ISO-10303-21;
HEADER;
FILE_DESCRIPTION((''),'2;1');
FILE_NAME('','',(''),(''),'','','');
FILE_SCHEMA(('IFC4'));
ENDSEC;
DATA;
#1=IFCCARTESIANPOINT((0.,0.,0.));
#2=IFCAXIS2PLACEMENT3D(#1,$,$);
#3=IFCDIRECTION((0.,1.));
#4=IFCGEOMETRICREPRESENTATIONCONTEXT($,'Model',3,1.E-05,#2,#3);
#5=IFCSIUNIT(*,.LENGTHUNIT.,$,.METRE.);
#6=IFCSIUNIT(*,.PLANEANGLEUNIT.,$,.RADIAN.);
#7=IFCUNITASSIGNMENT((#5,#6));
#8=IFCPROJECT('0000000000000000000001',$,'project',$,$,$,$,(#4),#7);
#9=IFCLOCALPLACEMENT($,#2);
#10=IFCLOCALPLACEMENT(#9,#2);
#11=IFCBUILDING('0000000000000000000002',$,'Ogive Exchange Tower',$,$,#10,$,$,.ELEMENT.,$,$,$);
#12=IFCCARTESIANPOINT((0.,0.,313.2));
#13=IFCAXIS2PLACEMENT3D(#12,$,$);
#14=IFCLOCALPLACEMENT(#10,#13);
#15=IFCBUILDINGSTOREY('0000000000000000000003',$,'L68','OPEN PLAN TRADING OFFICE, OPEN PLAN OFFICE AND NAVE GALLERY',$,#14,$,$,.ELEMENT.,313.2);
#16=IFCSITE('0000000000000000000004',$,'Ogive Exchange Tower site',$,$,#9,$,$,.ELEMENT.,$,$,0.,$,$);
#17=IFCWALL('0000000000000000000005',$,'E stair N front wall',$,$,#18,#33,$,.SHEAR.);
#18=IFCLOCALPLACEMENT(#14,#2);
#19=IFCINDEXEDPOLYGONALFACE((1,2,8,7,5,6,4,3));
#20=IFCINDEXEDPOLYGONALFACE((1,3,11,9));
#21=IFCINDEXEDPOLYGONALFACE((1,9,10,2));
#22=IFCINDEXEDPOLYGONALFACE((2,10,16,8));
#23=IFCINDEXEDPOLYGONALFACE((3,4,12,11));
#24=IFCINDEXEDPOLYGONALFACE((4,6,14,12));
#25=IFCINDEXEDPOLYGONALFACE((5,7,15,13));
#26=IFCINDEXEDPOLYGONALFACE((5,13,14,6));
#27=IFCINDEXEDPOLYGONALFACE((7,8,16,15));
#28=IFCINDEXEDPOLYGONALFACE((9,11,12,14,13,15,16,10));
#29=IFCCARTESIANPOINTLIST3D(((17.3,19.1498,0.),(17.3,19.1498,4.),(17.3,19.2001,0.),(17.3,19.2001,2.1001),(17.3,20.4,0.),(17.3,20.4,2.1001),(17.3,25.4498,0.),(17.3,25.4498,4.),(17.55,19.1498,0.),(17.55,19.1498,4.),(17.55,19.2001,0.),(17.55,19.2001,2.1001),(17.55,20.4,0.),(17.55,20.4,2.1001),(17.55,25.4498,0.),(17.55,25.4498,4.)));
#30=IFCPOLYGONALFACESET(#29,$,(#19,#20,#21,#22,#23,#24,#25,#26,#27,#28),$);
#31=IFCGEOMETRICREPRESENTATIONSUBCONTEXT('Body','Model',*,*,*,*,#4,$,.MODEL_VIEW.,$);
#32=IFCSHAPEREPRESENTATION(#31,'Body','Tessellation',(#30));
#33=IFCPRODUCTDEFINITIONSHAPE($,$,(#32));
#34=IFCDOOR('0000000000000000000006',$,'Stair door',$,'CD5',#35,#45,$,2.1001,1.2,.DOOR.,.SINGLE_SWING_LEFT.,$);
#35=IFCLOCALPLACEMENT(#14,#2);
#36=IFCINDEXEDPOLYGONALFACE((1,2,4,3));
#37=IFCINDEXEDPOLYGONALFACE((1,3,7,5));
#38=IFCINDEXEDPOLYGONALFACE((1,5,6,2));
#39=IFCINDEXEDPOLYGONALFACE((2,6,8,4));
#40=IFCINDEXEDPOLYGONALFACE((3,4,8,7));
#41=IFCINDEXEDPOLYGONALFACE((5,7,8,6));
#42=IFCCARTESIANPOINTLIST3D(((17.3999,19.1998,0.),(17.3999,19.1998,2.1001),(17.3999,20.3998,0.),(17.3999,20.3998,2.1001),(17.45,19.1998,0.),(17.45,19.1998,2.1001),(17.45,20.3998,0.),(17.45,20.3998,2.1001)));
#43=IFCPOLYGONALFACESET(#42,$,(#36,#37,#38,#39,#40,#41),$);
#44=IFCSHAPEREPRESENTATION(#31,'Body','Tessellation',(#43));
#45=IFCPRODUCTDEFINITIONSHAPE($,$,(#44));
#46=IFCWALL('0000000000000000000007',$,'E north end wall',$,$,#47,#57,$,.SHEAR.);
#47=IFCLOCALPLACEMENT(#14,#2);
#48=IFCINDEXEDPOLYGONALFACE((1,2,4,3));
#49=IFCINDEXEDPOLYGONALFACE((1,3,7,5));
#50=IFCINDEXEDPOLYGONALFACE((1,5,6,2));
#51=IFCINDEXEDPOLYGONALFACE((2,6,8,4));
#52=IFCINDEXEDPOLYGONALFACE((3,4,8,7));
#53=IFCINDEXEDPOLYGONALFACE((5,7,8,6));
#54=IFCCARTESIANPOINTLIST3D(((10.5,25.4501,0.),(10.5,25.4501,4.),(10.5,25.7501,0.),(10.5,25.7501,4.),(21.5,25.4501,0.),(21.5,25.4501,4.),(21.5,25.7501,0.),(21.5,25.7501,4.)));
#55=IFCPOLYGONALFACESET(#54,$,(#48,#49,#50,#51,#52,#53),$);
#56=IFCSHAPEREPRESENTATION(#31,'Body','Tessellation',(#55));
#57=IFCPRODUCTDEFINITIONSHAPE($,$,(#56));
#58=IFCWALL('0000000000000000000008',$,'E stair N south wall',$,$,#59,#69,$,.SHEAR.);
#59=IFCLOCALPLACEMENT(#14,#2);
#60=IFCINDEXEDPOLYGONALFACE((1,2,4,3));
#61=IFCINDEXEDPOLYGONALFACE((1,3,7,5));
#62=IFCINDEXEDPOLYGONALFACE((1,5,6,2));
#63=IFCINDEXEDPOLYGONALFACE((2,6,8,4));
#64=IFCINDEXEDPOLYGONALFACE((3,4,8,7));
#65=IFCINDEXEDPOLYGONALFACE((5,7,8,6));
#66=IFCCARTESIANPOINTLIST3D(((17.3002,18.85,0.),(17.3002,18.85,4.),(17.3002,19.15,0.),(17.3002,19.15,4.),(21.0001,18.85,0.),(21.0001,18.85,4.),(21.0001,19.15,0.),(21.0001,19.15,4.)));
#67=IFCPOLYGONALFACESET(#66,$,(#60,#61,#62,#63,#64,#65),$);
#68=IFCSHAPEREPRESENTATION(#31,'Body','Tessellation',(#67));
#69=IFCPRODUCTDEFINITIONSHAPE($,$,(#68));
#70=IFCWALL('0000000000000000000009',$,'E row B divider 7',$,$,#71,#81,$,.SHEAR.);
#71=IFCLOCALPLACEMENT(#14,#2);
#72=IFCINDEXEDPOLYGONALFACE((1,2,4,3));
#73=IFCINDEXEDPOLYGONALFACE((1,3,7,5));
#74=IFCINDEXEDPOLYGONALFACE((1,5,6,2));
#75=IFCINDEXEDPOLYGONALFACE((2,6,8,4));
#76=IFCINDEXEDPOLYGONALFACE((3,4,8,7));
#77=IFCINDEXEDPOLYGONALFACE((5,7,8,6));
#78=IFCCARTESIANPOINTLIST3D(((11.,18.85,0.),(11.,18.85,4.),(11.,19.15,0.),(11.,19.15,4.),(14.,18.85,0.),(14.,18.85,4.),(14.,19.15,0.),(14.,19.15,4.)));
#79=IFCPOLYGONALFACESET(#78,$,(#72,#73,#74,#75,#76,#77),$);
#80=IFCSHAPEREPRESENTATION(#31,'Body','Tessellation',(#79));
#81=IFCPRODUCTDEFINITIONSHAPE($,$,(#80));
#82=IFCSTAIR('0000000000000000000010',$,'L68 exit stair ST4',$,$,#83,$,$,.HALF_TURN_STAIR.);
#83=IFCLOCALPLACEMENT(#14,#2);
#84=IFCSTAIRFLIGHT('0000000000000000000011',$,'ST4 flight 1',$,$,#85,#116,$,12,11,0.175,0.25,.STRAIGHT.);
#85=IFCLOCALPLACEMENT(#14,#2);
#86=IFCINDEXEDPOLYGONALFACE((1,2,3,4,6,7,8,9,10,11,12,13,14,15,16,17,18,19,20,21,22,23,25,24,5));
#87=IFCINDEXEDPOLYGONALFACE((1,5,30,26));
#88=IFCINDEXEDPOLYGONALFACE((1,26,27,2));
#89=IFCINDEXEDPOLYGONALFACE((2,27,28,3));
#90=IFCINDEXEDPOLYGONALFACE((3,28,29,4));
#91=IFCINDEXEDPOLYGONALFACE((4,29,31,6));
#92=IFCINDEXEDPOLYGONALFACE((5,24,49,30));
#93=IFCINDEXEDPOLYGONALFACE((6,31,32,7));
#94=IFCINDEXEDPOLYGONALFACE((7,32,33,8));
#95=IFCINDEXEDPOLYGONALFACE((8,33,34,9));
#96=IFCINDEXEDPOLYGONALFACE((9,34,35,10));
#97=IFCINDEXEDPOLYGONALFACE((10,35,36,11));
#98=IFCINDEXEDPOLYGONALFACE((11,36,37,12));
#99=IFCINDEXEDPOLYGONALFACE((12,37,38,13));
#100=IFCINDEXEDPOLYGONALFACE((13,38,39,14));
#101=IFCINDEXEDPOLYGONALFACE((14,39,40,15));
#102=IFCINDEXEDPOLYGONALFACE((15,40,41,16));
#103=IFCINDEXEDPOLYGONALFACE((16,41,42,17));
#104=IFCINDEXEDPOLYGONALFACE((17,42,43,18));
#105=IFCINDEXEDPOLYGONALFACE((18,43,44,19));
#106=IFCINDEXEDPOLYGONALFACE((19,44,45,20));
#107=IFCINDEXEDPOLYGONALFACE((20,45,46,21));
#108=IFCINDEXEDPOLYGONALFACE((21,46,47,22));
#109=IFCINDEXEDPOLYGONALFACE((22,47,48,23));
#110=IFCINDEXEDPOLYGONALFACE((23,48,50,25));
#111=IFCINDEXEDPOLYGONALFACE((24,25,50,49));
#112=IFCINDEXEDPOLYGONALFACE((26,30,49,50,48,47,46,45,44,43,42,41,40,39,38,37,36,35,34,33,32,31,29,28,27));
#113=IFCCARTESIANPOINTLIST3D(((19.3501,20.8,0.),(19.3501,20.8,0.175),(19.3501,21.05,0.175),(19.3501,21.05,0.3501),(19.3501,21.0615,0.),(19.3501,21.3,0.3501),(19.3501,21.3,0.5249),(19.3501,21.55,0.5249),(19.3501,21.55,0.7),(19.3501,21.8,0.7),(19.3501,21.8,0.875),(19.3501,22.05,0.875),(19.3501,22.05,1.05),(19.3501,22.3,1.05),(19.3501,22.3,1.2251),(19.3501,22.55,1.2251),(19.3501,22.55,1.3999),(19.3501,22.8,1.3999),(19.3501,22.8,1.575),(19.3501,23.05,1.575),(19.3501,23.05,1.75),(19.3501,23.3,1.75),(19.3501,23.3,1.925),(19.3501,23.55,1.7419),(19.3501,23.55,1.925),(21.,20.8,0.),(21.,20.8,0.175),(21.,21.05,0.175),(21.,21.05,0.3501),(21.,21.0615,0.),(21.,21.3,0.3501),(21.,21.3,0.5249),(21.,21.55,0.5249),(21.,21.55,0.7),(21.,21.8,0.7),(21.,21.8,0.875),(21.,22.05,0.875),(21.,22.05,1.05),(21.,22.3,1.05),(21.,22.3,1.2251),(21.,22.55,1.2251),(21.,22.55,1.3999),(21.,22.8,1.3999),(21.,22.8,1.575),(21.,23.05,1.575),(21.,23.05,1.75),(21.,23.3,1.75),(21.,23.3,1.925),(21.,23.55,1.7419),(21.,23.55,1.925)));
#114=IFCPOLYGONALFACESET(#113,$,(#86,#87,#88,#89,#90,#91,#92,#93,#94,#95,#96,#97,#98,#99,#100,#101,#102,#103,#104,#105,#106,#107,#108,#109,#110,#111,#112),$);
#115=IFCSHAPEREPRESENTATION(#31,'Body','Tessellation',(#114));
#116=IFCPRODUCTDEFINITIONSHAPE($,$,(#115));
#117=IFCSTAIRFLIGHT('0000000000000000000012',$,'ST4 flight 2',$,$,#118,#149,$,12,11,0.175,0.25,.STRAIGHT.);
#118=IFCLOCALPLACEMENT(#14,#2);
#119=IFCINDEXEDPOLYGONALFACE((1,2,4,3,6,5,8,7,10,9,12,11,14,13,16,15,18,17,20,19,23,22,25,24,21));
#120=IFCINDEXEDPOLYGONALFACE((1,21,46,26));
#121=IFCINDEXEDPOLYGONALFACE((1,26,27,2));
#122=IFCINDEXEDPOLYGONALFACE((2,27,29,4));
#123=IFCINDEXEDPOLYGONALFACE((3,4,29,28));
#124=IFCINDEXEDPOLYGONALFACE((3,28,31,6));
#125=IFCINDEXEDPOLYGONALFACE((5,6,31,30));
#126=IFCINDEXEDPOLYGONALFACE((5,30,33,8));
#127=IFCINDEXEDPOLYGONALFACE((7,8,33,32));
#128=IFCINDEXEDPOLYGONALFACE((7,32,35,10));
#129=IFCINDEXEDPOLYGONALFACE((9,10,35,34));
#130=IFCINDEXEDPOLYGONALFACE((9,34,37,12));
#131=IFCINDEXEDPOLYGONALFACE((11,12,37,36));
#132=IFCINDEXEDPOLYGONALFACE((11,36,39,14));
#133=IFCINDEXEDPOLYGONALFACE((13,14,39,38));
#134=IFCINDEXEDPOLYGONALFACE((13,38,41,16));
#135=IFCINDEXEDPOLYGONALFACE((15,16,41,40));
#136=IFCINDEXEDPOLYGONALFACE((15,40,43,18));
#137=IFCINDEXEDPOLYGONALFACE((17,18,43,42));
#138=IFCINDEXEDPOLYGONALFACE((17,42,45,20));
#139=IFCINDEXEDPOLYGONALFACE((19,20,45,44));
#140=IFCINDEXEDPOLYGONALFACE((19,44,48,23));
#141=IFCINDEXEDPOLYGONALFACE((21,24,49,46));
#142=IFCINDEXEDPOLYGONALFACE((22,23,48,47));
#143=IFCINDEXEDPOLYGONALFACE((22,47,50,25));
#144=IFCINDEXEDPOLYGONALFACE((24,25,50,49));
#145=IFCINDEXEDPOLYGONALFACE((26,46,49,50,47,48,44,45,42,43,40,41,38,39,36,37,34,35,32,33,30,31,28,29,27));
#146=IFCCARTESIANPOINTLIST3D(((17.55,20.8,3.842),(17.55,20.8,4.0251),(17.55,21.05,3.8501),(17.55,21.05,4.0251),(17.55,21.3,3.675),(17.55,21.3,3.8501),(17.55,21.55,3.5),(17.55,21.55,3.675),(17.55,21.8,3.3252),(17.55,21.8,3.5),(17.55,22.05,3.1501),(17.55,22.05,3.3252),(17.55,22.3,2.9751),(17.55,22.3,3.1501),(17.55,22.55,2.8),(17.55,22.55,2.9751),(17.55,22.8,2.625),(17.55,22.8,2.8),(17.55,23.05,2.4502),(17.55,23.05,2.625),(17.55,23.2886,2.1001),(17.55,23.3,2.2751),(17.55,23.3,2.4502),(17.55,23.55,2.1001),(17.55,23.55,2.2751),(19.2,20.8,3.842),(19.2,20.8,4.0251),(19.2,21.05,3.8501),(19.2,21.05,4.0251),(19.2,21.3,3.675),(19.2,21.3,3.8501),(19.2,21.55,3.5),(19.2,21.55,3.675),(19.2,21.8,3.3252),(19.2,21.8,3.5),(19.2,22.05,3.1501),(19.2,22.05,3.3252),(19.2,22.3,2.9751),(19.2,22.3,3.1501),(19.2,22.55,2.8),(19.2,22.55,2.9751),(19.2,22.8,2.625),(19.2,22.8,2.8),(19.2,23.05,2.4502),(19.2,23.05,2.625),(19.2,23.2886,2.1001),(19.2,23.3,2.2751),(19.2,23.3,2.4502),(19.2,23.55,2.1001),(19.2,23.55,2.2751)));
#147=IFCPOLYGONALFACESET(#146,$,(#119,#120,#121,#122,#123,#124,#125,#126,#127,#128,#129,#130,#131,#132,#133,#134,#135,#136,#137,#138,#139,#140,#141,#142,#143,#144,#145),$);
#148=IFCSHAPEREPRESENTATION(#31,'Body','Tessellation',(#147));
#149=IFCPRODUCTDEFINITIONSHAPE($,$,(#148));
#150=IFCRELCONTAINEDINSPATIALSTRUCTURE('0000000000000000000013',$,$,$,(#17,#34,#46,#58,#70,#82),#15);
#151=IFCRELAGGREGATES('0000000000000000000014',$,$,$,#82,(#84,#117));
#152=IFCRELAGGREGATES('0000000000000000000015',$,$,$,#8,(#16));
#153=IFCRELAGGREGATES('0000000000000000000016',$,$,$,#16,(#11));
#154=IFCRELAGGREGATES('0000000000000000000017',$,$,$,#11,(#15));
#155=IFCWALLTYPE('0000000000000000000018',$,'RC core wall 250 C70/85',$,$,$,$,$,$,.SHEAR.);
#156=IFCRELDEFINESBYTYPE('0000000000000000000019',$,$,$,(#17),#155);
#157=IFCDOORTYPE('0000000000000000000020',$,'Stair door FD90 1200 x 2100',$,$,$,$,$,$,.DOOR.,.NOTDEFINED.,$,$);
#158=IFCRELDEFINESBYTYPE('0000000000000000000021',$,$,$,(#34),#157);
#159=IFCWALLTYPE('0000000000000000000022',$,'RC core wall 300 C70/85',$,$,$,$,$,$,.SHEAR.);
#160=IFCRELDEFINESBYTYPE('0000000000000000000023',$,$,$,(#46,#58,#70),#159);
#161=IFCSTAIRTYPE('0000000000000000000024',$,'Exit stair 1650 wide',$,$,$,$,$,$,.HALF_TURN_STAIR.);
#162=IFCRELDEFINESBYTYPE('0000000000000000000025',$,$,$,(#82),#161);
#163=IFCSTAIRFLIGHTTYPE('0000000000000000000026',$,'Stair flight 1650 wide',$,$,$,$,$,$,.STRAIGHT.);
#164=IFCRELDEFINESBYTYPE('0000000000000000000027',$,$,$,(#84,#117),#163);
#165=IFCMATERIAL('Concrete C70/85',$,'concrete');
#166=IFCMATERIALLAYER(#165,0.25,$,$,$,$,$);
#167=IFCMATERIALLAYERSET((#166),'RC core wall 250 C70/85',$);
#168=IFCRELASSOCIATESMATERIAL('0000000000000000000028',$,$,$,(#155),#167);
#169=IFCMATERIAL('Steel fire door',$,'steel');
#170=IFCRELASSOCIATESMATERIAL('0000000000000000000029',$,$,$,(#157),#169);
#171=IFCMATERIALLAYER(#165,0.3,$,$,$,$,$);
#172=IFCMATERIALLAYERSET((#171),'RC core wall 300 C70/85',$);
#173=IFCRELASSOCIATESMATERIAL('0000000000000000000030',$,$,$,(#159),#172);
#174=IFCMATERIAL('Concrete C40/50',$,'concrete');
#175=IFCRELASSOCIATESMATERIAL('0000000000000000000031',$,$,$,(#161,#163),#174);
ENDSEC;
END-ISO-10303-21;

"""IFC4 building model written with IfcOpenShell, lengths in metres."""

from ifc_helpers import new_model, si_unit, direction, frame, frame_2d, origin, place, context, subcontext, project, spatial, polyline, rectangle, outline, extrude, material, layer, layer_set, type_object, element, fill, aggregate, save


model = new_model("IFC4")

# Units and contexts
model_context = context("Model", 3, precision=1e-05, world=origin(), true_north=direction((0.0, 1.0)))
body_context = subcontext(model_context, "Body", "Model", "MODEL_VIEW")
ifc_project = project(units=[si_unit("LENGTHUNIT", "METRE"), si_unit("PLANEANGLEUNIT", "RADIAN")], contexts=[model_context])

# Site, building, storey
site_placement = place(None, origin())
site = spatial("IfcSite", under=ifc_project, at=site_placement, Name="Ogive Exchange Tower site", CompositionType="ELEMENT", RefElevation=0.0)
building_placement = place(site_placement, origin())
building = spatial("IfcBuilding", under=site, at=building_placement, Name="Ogive Exchange Tower", CompositionType="ELEMENT")
storey_placement = place(building_placement, frame((0.0, 0.0, 313.2)))
storey = spatial("IfcBuildingStorey", under=building, at=storey_placement, Name="L68", Description="OPEN PLAN TRADING OFFICE, OPEN PLAN OFFICE AND NAVE GALLERY", CompositionType="ELEMENT", Elevation=313.2)

# Shared definitions
ifc_material_1 = material(Name="Concrete C70/85", Category="concrete")
ifc_material_2 = material(Name="Steel fire door", Category="steel")

# Wall, opening, door
ifc_layer_1 = layer(ifc_material_1, 0.25)
ifc_layer_set_1 = layer_set([ifc_layer_1], Name="RC core wall 250 C70/85")
wall_type_1 = type_object("IfcWallType", Name="RC core wall 250 C70/85", PredefinedType="SHEAR", material=ifc_layer_set_1)
wall_1_placement = place(storey_placement, frame((17.425, 19.1499, 0.0), z_axis=(0.0, 0.0, 1.0), x_axis=(0.0, 1.0, 0.0)))
wall_1 = element("IfcWall", 1, at=wall_1_placement, inside=storey, type_object=wall_type_1, Name="E stair N front wall", PredefinedType="SHEAR", context=body_context, shape_type="SweptSolid", body=[
    extrude(rectangle(XDim=6.3, YDim=0.25, at=frame_2d((3.1499, 0.0))), origin(), (0.0, 0.0, 1.0), 4.0),
])
opening_1_placement = place(wall_1_placement, frame((0.05, 0.0, 0.0)))
opening_1 = element("IfcOpeningElement", 2, at=opening_1_placement, cuts=wall_1, PredefinedType="OPENING", context=body_context, shape_type="SweptSolid", body=[
    extrude(rectangle(XDim=1.2, YDim=2.1001, at=frame_2d((0.6001, 1.05))), frame((0.0, 0.135, 0.0), z_axis=(0.0, -1.0, 0.0), x_axis=(1.0, 0.0, 0.0)), (0.0, 0.0, 1.0), 0.27),
])
door_type_1 = type_object("IfcDoorType", Name="Stair door FD90 1200 x 2100", OperationType="NOTDEFINED", PredefinedType="DOOR", material=ifc_material_2)
door_1_placement = place(opening_1_placement, frame((1.2, 0.0, 0.0), z_axis=(0.0, 0.0, 1.0), x_axis=(-1.0, 0.0, 0.0)))
door_1 = element("IfcDoor", 3, at=door_1_placement, inside=storey, type_object=door_type_1, Name="Stair door", ObjectType="CD5", OperationType="SINGLE_SWING_LEFT", OverallHeight=2.1001, OverallWidth=1.2, PredefinedType="DOOR", context=body_context, shape_type="SweptSolid", body=[
    extrude(rectangle(XDim=1.2, YDim=2.1001, at=frame_2d((0.6001, 1.05))), frame((0.0, 0.0249, 0.0), z_axis=(0.0, -1.0, 0.0), x_axis=(1.0, 0.0, 0.0)), (0.0, 0.0, 1.0), 0.05),
])
fill(opening_1, door_1)

# Walls
ifc_layer_2 = layer(ifc_material_1, 0.3)
ifc_layer_set_2 = layer_set([ifc_layer_2], Name="RC core wall 300 C70/85")
wall_type_2 = type_object("IfcWallType", Name="RC core wall 300 C70/85", PredefinedType="SHEAR", material=ifc_layer_set_2)
wall_2_placement = place(storey_placement, frame((10.5, 25.6001, 0.0), z_axis=(0.0, 0.0, 1.0), x_axis=(1.0, 0.0, 0.0)))
element("IfcWall", 4, at=wall_2_placement, inside=storey, type_object=wall_type_2, Name="E north end wall", PredefinedType="SHEAR", context=body_context, shape_type="SweptSolid", body=[
    extrude(rectangle(XDim=11.0, YDim=0.3, at=frame_2d((5.5, 0.0))), origin(), (0.0, 0.0, 1.0), 4.0),
])
wall_3_placement = place(storey_placement, frame((17.3, 19.0, 0.0), z_axis=(0.0, 0.0, 1.0), x_axis=(1.0, 0.0, 0.0)))
element("IfcWall", 5, at=wall_3_placement, inside=storey, type_object=wall_type_2, Name="E stair N south wall", PredefinedType="SHEAR", context=body_context, shape_type="SweptSolid", body=[
    extrude(rectangle(XDim=3.7, YDim=0.3, at=frame_2d((1.8501, 0.0))), origin(), (0.0, 0.0, 1.0), 4.0),
])
wall_4_placement = place(storey_placement, frame((11.0, 19.0, 0.0), z_axis=(0.0, 0.0, 1.0), x_axis=(1.0, 0.0, 0.0)))
element("IfcWall", 6, at=wall_4_placement, inside=storey, type_object=wall_type_2, Name="E row B divider 7", PredefinedType="SHEAR", context=body_context, shape_type="SweptSolid", body=[
    extrude(rectangle(XDim=3.0, YDim=0.3, at=frame_2d((1.5, 0.0))), origin(), (0.0, 0.0, 1.0), 4.0),
])

# Stair, stair flights
ifc_material_3 = material(Name="Concrete C40/50", Category="concrete")
stair_type = type_object("IfcStairType", Name="Exit stair 1650 wide", PredefinedType="HALF_TURN_STAIR", material=ifc_material_3)
stair_placement = place(storey_placement, origin())
stair = element("IfcStair", 7, at=stair_placement, inside=storey, type_object=stair_type, Name="L68 exit stair ST4", PredefinedType="HALF_TURN_STAIR")
stair_flight_type = type_object("IfcStairFlightType", Name="Stair flight 1650 wide", PredefinedType="STRAIGHT", material=ifc_material_3)
stair_flight_1_placement = place(storey_placement, frame((20.175, 20.8, 0.0), z_axis=(0.0, 0.0, 1.0), x_axis=(0.0, 1.0, 0.0)))
stair_flight_1 = element("IfcStairFlight", 8, at=stair_flight_1_placement, type_object=stair_flight_type, Name="ST4 flight 1", NumberOfRisers=12, NumberOfTreads=11, PredefinedType="STRAIGHT", RiserHeight=0.175, TreadLength=0.25, context=body_context, shape_type="SweptSolid", body=[
    extrude(outline(polyline([(0.0, 0.0), (0.0, 0.175), (0.25, 0.175), (0.25, 0.3501), (0.5, 0.3501), (0.5, 0.5249), (0.75, 0.5249), (0.75, 0.7), (1.0, 0.7), (1.0, 0.875), (1.25, 0.875), (1.25, 1.05), (1.5, 1.05), (1.5, 1.2251), (1.75, 1.2251), (1.75, 1.3999), (2.0, 1.3999), (2.0, 1.575), (2.25, 1.575), (2.25, 1.75), (2.5, 1.75), (2.5, 1.925), (2.75, 1.925), (2.75, 2.1001), (2.75, 1.7419), (0.2615, 0.0), (0.0, 0.0)])), frame((0.0, 0.825, 0.0), z_axis=(0.0, -1.0, 0.0), x_axis=(1.0, 0.0, 0.0)), (0.0, 0.0, 1.0), 1.6499),
])
stair_flight_2_placement = place(storey_placement, frame((18.375, 23.55, 2.1001), z_axis=(0.0, 0.0, 1.0), x_axis=(0.0, -1.0, 0.0)))
stair_flight_2 = element("IfcStairFlight", 9, at=stair_flight_2_placement, type_object=stair_flight_type, Name="ST4 flight 2", NumberOfRisers=12, NumberOfTreads=11, PredefinedType="STRAIGHT", RiserHeight=0.175, TreadLength=0.25, context=body_context, shape_type="SweptSolid", body=[
    extrude(outline(polyline([(0.0, 0.0), (0.0, 0.175), (0.25, 0.175), (0.25, 0.3501), (0.5, 0.3501), (0.5, 0.5249), (0.75, 0.5249), (0.75, 0.7), (1.0, 0.7), (1.0, 0.875), (1.25, 0.875), (1.25, 1.05), (1.5, 1.05), (1.5, 1.2251), (1.75, 1.2251), (1.75, 1.3999), (2.0, 1.3999), (2.0, 1.575), (2.25, 1.575), (2.25, 1.75), (2.5, 1.75), (2.5, 1.925), (2.75, 1.925), (2.75, 2.1001), (2.75, 1.7419), (0.2615, 0.0), (0.0, 0.0)])), frame((0.0, 0.825, 0.0), z_axis=(0.0, -1.0, 0.0), x_axis=(1.0, 0.0, 0.0)), (0.0, 0.0, 1.0), 1.6499),
])
aggregate(stair, [stair_flight_1, stair_flight_2])

save(model, "model.ifc")
